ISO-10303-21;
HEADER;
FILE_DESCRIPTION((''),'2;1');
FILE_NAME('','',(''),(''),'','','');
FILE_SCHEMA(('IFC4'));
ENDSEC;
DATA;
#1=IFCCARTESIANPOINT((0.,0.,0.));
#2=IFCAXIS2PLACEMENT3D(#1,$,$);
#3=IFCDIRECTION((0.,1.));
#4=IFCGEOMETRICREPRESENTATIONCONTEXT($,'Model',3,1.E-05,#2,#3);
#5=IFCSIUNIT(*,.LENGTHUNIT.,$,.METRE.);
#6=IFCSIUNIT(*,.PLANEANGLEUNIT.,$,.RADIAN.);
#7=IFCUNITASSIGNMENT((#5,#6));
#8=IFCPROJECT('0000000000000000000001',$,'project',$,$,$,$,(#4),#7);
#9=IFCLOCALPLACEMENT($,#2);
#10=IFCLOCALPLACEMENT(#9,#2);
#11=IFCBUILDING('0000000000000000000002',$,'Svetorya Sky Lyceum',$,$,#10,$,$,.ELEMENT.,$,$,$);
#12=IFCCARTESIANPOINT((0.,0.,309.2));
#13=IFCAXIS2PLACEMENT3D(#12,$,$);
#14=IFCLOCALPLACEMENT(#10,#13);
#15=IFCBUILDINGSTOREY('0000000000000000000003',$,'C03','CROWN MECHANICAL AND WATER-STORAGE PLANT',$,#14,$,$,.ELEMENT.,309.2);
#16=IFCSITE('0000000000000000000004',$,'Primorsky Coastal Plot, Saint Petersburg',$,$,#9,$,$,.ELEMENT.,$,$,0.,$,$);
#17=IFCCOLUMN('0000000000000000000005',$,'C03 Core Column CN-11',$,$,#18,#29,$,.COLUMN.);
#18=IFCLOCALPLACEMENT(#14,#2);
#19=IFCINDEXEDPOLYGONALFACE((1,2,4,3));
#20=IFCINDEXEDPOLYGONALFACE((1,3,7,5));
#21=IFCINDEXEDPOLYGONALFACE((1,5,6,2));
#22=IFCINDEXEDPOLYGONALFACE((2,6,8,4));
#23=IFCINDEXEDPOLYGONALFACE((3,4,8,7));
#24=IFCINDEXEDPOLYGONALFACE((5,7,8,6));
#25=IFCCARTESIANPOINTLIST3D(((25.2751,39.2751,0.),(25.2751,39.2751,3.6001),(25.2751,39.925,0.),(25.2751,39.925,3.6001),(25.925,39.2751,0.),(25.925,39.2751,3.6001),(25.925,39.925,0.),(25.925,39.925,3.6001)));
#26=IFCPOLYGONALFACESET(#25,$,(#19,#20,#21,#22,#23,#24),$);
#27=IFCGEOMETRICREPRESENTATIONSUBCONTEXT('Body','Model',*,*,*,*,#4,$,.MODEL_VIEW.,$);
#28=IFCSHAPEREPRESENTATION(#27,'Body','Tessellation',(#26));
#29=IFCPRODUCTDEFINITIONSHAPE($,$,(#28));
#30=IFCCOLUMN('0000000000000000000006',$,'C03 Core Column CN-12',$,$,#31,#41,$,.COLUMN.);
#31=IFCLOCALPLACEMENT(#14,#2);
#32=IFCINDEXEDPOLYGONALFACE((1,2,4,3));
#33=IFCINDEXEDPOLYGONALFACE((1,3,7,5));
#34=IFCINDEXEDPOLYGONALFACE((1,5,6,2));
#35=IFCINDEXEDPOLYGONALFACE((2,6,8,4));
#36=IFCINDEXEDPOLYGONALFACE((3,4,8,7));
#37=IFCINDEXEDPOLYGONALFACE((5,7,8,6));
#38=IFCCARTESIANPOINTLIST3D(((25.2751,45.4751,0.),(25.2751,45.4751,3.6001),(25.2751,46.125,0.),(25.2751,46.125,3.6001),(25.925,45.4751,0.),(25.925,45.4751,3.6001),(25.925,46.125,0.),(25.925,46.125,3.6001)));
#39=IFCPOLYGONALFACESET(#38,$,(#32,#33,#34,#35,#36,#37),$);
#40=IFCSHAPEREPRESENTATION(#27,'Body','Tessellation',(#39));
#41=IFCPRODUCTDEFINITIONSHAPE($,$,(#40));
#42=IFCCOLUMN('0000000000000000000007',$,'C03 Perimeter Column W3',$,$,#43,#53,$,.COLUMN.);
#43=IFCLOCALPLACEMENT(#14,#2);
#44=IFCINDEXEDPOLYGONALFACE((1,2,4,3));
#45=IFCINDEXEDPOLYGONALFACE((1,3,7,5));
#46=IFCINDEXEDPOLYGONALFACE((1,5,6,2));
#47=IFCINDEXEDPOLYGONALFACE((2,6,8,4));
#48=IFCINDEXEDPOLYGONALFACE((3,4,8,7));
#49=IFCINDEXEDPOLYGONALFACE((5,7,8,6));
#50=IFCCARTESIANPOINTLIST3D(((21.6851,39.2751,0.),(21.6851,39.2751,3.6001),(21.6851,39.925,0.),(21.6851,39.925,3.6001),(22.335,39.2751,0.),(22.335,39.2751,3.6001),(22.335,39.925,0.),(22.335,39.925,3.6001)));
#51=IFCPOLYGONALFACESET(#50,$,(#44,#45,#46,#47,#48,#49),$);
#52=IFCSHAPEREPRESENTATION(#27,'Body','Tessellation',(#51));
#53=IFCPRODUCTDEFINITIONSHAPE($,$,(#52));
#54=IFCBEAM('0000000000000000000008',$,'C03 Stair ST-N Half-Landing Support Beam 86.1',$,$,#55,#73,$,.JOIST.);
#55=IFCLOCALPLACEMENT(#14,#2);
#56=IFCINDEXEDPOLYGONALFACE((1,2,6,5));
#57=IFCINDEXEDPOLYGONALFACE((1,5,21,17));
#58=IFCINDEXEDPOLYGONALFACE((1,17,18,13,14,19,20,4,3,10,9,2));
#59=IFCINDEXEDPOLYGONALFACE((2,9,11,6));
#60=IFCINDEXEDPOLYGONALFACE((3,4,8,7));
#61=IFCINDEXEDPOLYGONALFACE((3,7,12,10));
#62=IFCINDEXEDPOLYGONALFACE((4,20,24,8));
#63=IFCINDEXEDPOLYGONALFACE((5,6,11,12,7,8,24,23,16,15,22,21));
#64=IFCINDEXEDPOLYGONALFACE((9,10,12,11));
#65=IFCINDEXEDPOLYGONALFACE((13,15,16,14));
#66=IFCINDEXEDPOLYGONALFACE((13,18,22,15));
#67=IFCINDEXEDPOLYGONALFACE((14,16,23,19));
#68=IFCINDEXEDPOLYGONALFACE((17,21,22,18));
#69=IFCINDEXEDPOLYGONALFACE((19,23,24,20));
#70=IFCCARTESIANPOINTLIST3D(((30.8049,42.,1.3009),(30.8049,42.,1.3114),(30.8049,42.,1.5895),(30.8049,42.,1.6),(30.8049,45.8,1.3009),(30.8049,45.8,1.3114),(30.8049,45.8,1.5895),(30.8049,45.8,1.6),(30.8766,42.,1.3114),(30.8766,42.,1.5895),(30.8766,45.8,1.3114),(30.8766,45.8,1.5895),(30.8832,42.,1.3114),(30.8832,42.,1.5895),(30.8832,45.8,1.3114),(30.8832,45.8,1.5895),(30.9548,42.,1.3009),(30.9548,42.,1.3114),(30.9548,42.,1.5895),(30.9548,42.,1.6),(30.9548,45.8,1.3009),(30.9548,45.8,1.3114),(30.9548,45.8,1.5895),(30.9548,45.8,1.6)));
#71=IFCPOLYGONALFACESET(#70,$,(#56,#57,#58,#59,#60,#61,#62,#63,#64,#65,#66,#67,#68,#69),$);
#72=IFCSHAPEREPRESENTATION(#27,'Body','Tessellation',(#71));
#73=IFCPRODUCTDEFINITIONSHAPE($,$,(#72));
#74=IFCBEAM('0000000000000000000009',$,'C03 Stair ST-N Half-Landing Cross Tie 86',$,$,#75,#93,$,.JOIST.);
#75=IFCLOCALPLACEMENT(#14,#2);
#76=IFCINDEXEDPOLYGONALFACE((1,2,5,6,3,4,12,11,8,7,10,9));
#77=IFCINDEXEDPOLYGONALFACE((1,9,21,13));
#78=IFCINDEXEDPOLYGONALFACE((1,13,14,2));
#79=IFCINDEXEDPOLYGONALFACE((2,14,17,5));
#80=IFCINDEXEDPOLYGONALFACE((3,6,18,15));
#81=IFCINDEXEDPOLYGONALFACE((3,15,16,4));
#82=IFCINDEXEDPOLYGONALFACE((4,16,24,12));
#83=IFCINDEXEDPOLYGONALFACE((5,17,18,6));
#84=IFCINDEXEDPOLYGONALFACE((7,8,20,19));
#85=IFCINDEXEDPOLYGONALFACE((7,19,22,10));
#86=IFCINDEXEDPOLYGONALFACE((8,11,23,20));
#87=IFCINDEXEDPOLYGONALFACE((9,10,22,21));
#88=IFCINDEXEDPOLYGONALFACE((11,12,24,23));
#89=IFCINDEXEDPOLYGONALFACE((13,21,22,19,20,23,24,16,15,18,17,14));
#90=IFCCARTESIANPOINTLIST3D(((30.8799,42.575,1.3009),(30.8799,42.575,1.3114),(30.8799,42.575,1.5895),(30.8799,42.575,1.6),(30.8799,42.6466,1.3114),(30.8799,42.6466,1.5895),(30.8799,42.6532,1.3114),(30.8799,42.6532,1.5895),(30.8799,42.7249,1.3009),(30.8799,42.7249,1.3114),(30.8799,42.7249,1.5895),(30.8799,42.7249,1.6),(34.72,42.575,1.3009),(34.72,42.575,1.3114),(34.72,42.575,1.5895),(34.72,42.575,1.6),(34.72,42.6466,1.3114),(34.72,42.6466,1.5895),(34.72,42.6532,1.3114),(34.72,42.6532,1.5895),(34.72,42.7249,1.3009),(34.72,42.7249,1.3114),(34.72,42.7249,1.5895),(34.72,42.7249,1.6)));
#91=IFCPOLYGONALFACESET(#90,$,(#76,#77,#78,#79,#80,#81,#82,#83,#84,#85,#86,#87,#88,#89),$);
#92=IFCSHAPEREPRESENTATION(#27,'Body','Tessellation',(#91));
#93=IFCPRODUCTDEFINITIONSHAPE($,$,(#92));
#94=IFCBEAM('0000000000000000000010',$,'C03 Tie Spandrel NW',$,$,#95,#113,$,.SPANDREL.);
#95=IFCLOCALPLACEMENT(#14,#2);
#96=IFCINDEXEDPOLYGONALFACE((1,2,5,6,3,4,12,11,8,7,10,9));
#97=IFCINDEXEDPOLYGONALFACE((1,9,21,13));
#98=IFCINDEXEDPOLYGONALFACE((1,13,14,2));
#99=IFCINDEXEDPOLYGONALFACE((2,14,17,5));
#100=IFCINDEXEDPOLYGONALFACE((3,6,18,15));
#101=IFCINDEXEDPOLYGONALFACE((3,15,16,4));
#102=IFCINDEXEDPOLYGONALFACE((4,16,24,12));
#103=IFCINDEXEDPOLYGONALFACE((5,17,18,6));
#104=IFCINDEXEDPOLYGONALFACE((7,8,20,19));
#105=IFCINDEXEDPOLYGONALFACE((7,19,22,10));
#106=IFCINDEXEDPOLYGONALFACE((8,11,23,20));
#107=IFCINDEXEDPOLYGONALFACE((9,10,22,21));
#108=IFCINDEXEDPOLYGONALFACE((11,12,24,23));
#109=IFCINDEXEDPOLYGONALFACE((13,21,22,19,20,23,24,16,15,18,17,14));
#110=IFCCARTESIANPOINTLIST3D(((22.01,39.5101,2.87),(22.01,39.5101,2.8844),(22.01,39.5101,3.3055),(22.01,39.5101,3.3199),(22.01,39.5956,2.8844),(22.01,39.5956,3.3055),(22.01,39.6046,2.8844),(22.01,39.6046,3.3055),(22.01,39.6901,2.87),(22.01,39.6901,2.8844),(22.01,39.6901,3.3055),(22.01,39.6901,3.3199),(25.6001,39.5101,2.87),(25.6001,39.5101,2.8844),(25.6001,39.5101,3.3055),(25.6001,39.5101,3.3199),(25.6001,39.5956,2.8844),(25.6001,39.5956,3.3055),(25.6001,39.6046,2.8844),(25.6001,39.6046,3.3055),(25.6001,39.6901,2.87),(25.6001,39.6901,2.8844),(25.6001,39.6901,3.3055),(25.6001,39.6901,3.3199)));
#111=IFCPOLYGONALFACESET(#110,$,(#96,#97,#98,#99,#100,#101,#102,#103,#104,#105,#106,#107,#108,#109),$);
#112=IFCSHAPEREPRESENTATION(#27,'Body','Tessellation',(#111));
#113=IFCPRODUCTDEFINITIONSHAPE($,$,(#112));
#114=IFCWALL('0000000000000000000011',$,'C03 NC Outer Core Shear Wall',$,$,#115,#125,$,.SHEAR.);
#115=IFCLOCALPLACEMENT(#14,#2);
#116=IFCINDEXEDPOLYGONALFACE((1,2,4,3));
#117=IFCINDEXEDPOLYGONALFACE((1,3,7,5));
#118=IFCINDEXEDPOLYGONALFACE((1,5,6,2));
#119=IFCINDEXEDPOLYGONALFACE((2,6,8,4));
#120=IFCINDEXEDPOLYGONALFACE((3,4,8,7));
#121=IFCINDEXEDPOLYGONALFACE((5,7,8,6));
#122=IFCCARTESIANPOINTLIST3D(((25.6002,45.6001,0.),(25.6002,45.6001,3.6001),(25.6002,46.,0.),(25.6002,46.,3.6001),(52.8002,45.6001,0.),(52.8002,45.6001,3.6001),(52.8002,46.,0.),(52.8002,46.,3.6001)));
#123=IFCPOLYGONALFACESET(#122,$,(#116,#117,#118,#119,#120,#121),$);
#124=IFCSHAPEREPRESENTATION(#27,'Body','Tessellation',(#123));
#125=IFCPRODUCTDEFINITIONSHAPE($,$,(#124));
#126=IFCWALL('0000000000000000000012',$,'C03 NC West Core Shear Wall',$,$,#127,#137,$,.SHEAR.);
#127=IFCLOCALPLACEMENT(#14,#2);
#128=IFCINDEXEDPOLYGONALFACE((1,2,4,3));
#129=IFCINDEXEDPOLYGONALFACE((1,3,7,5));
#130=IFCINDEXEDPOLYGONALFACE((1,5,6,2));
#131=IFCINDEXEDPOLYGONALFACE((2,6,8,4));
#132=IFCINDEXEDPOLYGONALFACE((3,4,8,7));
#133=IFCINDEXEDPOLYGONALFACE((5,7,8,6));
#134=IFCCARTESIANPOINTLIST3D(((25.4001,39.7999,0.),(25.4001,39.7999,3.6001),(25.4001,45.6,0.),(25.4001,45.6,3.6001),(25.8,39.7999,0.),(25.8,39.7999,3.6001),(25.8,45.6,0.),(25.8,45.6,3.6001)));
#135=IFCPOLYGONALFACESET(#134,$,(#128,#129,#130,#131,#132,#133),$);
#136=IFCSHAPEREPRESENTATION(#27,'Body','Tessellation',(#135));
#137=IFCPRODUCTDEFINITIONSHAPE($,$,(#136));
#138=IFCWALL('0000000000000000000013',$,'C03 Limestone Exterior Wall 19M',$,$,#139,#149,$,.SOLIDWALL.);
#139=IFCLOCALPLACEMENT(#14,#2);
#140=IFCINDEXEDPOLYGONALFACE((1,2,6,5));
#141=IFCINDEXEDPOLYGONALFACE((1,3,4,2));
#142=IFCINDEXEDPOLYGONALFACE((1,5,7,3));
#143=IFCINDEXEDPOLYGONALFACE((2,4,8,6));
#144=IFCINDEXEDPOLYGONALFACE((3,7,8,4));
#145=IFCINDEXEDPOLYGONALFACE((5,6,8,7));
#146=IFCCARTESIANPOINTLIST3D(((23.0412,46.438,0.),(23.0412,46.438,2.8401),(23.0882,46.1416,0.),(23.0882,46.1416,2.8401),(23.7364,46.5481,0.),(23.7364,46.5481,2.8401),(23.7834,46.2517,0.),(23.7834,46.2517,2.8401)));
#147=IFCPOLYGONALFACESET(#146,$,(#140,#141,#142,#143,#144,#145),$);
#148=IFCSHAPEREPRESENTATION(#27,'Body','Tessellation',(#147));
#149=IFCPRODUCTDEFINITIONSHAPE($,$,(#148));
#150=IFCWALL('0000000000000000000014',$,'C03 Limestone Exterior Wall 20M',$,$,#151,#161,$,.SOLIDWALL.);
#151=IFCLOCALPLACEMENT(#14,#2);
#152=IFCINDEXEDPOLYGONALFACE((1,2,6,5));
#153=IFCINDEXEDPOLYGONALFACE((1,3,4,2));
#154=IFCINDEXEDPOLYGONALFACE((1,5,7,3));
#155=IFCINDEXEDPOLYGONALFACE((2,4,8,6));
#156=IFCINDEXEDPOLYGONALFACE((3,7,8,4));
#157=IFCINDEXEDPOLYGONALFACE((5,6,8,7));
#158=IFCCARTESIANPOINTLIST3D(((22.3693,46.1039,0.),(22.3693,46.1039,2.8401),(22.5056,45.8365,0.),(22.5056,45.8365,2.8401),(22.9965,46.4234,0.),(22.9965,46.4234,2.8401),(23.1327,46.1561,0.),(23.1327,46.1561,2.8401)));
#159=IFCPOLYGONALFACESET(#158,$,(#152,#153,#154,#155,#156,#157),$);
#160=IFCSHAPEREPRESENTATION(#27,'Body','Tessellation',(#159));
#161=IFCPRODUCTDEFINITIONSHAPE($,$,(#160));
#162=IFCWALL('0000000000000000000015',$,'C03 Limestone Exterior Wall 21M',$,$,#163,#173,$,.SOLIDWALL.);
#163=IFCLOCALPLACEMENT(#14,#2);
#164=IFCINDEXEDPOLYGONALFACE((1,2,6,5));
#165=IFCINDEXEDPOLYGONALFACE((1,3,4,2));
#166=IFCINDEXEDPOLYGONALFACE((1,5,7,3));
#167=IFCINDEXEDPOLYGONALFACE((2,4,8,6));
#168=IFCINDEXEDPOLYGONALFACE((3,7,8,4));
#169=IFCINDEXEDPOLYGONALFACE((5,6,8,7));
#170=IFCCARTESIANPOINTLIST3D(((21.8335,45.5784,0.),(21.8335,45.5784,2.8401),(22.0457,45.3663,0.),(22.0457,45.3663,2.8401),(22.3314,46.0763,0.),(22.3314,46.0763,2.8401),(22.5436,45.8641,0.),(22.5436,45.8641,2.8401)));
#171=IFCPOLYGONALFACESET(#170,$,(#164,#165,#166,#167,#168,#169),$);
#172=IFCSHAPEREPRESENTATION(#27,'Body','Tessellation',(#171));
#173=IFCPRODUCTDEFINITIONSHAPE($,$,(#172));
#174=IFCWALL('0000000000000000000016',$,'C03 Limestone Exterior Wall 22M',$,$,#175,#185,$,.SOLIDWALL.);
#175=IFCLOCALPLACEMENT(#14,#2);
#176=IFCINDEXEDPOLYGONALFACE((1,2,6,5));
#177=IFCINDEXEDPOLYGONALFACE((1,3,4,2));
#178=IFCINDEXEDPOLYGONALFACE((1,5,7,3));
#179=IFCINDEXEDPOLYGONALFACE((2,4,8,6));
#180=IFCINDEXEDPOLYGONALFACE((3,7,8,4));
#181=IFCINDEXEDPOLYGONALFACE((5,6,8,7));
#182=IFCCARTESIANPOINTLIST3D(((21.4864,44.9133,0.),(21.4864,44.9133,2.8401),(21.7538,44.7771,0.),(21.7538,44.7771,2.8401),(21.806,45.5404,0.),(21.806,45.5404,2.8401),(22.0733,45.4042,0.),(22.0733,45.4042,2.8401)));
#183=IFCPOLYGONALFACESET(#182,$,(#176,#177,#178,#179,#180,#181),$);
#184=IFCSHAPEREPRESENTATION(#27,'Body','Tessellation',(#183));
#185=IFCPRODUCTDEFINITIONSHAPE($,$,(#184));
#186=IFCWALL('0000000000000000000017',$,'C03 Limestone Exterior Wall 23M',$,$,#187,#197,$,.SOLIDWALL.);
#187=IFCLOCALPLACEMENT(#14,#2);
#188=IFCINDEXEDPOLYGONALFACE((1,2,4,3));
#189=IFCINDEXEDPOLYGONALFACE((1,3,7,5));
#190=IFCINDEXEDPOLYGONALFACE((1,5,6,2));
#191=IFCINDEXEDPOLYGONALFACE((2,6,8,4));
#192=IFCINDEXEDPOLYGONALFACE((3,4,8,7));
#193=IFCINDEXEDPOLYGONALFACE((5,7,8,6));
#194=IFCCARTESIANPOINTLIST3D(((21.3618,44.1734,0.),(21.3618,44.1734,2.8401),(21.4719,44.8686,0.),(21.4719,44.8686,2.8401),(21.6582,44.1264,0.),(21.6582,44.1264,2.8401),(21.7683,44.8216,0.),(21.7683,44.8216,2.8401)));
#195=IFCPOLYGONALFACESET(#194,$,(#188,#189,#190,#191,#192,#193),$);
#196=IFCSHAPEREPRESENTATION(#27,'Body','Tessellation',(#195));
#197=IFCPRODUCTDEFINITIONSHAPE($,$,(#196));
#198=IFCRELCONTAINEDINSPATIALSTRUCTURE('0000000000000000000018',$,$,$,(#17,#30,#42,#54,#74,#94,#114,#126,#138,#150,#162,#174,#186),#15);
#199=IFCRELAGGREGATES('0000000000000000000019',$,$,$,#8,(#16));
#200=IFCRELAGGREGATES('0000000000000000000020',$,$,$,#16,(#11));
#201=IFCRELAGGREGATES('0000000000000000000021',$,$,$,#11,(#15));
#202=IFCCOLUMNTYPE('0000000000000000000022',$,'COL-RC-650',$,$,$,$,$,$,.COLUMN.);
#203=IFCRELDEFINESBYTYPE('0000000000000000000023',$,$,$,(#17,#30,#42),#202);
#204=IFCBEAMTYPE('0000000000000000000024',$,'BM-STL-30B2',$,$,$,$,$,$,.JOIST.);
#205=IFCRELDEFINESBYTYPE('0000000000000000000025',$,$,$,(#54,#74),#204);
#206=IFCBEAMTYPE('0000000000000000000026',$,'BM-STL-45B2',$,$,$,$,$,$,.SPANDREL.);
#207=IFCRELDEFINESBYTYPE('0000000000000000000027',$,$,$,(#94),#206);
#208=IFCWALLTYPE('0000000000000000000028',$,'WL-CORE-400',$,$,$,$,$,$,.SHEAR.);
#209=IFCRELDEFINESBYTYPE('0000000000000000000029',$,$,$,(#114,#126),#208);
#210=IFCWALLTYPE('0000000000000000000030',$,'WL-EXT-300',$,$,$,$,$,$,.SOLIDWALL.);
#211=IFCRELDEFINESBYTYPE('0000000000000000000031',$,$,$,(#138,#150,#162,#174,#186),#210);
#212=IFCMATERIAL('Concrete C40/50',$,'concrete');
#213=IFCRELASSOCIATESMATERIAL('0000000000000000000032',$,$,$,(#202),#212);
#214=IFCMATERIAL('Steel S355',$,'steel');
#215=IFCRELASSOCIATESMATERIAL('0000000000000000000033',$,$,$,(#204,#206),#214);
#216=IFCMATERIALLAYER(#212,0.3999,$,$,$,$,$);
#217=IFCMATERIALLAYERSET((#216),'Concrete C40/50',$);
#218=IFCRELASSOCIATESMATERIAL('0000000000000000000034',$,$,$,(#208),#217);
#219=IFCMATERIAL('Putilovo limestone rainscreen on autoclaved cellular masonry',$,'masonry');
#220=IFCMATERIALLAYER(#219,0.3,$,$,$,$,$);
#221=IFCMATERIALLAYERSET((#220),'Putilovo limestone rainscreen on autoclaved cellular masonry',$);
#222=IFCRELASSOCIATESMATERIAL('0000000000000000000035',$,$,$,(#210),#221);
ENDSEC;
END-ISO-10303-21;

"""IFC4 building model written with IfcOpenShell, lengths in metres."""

from ifc_helpers import new_model, si_unit, direction, frame, frame_2d, origin, origin_2d, place, context, subcontext, project, spatial, rectangle, i_section, extrude, material, layer, layer_set, material_profile, profile_set, type_object, element, save


model = new_model("IFC4")

# Units and contexts
model_context = context("Model", 3, precision=1e-05, world=origin(), true_north=direction((0.0, 1.0)))
body_context = subcontext(model_context, "Body", "Model", "MODEL_VIEW")
ifc_project = project(units=[si_unit("LENGTHUNIT", "METRE"), si_unit("PLANEANGLEUNIT", "RADIAN")], contexts=[model_context])

# Site, building, storey
site_placement = place(None, origin())
site = spatial("IfcSite", under=ifc_project, at=site_placement, Name="Primorsky Coastal Plot, Saint Petersburg", CompositionType="ELEMENT", RefElevation=0.0)
building_placement = place(site_placement, origin())
building = spatial("IfcBuilding", under=site, at=building_placement, Name="Svetorya Sky Lyceum", CompositionType="ELEMENT")
storey_placement = place(building_placement, frame((0.0, 0.0, 309.2)))
storey = spatial("IfcBuildingStorey", under=building, at=storey_placement, Name="C03", Description="CROWN MECHANICAL AND WATER-STORAGE PLANT", CompositionType="ELEMENT", Elevation=309.2)

# Columns
ifc_material_1 = material(Name="Concrete C40/50", Category="concrete")
ifc_material_profile_1 = material_profile(ifc_material_1, rectangle(XDim=0.6499, YDim=0.6499, at=origin_2d()), Name="RC COL 650x650")
ifc_profile_set_1 = profile_set([ifc_material_profile_1], Name="Concrete C40/50")
column_type = type_object("IfcColumnType", Name="COL-RC-650", PredefinedType="COLUMN", material=ifc_profile_set_1)
for number, where, z_axis, x_axis, name in (
    (1, (25.6001, 39.6001, 0.0), (0.0, 0.0, 1.0), (1.0, 0.0, 0.0), "C03 Core Column CN-11"),
    (2, (25.6001, 45.8, 0.0), (0.0, 0.0, 1.0), (1.0, 0.0, 0.0), "C03 Core Column CN-12"),
    (3, (22.01, 39.6001, 0.0), (0.0, 0.0, 1.0), (1.0, 0.0, 0.0), "C03 Perimeter Column W3"),
):
    element("IfcColumn", number, at=place(storey_placement, frame(where, z_axis=z_axis, x_axis=x_axis)), inside=storey, type_object=column_type, Name=name, PredefinedType="COLUMN", context=body_context, shape_type="SweptSolid", body=[
        extrude(rectangle(XDim=0.6499, YDim=0.6499, at=origin_2d()), origin(), (0.0, 0.0, 1.0), 3.6001),
    ])

# Beams
ifc_material_2 = material(Name="Steel S355", Category="steel")
ifc_material_profile_2 = material_profile(ifc_material_2, i_section(OverallWidth=0.1499, OverallDepth=0.2991, WebThickness=0.0066, FlangeThickness=0.0105, at=origin_2d()), Name="GOST 30B2")
ifc_profile_set_2 = profile_set([ifc_material_profile_2], Name="Steel S355")
beam_type_1 = type_object("IfcBeamType", Name="BM-STL-30B2", PredefinedType="JOIST", material=ifc_profile_set_2)
beam_1_placement = place(storey_placement, frame((30.8799, 42.0, 1.4504), z_axis=(0.0, 1.0, 0.0), x_axis=(-1.0, 0.0, 0.0)))
element("IfcBeam", 4, at=beam_1_placement, inside=storey, type_object=beam_type_1, Name="C03 Stair ST-N Half-Landing Support Beam 86.1", PredefinedType="JOIST", context=body_context, shape_type="SweptSolid", body=[
    extrude(i_section(OverallWidth=0.1499, OverallDepth=0.2991, WebThickness=0.0066, FlangeThickness=0.0105, at=origin_2d()), origin(), (0.0, 0.0, 1.0), 3.8),
])
beam_2_placement = place(storey_placement, frame((30.8799, 42.6499, 1.4504), z_axis=(1.0, 0.0, 0.0), x_axis=(0.0, 1.0, 0.0)))
element("IfcBeam", 5, at=beam_2_placement, inside=storey, type_object=beam_type_1, Name="C03 Stair ST-N Half-Landing Cross Tie 86", PredefinedType="JOIST", context=body_context, shape_type="SweptSolid", body=[
    extrude(i_section(OverallWidth=0.1499, OverallDepth=0.2991, WebThickness=0.0066, FlangeThickness=0.0105, at=origin_2d()), origin(), (0.0, 0.0, 1.0), 3.8401),
])
ifc_material_profile_3 = material_profile(ifc_material_2, i_section(OverallWidth=0.1799, OverallDepth=0.45, WebThickness=0.009, FlangeThickness=0.0144, at=origin_2d()), Name="GOST 45B2")
ifc_profile_set_3 = profile_set([ifc_material_profile_3], Name="Steel S355")
beam_type_2 = type_object("IfcBeamType", Name="BM-STL-45B2", PredefinedType="SPANDREL", material=ifc_profile_set_3)
beam_3_placement = place(storey_placement, frame((22.01, 39.6001, 3.095), z_axis=(1.0, 0.0, 0.0), x_axis=(0.0, 1.0, 0.0)))
element("IfcBeam", 6, at=beam_3_placement, inside=storey, type_object=beam_type_2, Name="C03 Tie Spandrel NW", PredefinedType="SPANDREL", context=body_context, shape_type="SweptSolid", body=[
    extrude(i_section(OverallWidth=0.1799, OverallDepth=0.45, WebThickness=0.009, FlangeThickness=0.0144, at=origin_2d()), origin(), (0.0, 0.0, 1.0), 3.5901),
])

# Walls
ifc_layer_1 = layer(ifc_material_1, 0.3999)
ifc_layer_set_1 = layer_set([ifc_layer_1], Name="Concrete C40/50")
wall_type_1 = type_object("IfcWallType", Name="WL-CORE-400", PredefinedType="SHEAR", material=ifc_layer_set_1)
wall_1_placement = place(storey_placement, frame((25.6001, 45.8, 0.0), z_axis=(0.0, 0.0, 1.0), x_axis=(1.0, 0.0, 0.0)))
element("IfcWall", 7, at=wall_1_placement, inside=storey, type_object=wall_type_1, Name="C03 NC Outer Core Shear Wall", PredefinedType="SHEAR", context=body_context, shape_type="SweptSolid", body=[
    extrude(rectangle(XDim=27.2, YDim=0.3999, at=frame_2d((13.6001, 0.0))), origin(), (0.0, 0.0, 1.0), 3.6001),
])
wall_2_placement = place(storey_placement, frame((25.6001, 39.8, 0.0), z_axis=(0.0, 0.0, 1.0), x_axis=(0.0, 1.0, 0.0)))
element("IfcWall", 8, at=wall_2_placement, inside=storey, type_object=wall_type_1, Name="C03 NC West Core Shear Wall", PredefinedType="SHEAR", context=body_context, shape_type="SweptSolid", body=[
    extrude(rectangle(XDim=5.8, YDim=0.3999, at=frame_2d((2.8999, 0.0))), origin(), (0.0, 0.0, 1.0), 3.6001),
])
ifc_material_3 = material(Name="Putilovo limestone rainscreen on autoclaved cellular masonry", Category="masonry")
ifc_layer_2 = layer(ifc_material_3, 0.3)
ifc_layer_set_2 = layer_set([ifc_layer_2], Name="Putilovo limestone rainscreen on autoclaved cellular masonry")
wall_type_2 = type_object("IfcWallType", Name="WL-EXT-300", PredefinedType="SOLIDWALL", material=ifc_layer_set_2)
for number, where, z_axis, x_axis, name in (
    (9, (23.76, 46.3999, 0.0), (0.0, 0.0, 1.0), (-0.987693, -0.156408, 0.0), "C03 Limestone Exterior Wall 19M"),
    (10, (23.0647, 46.2898, 0.0), (0.0, 0.0, 1.0), (-0.891002, -0.453999, 0.0), "C03 Limestone Exterior Wall 20M"),
):
    element("IfcWall", number, at=place(storey_placement, frame(where, z_axis=z_axis, x_axis=x_axis)), inside=storey, type_object=wall_type_2, Name=name, PredefinedType="SOLIDWALL", context=body_context, shape_type="SweptSolid", body=[
        extrude(rectangle(XDim=0.7039, YDim=0.3, at=frame_2d((0.3521, 0.0))), origin(), (0.0, 0.0, 1.0), 2.8401),
    ])
wall_3_placement = place(storey_placement, frame((22.4375, 45.9702, 0.0), z_axis=(0.0, 0.0, 1.0), x_axis=(-0.707107, -0.707107, 0.0)))
element("IfcWall", 11, at=wall_3_placement, inside=storey, type_object=wall_type_2, Name="C03 Limestone Exterior Wall 21M", PredefinedType="SOLIDWALL", context=body_context, shape_type="SweptSolid", body=[
    extrude(rectangle(XDim=0.7041, YDim=0.3, at=frame_2d((0.3521, 0.0))), origin(), (0.0, 0.0, 1.0), 2.8401),
])
for number, where, z_axis, x_axis, name in (
    (12, (21.9397, 45.4724, 0.0), (0.0, 0.0, 1.0), (-0.453999, -0.891002, 0.0), "C03 Limestone Exterior Wall 22M"),
    (13, (21.6201, 44.8452, 0.0), (0.0, 0.0, 1.0), (-0.156408, -0.987693, 0.0), "C03 Limestone Exterior Wall 23M"),
):
    element("IfcWall", number, at=place(storey_placement, frame(where, z_axis=z_axis, x_axis=x_axis)), inside=storey, type_object=wall_type_2, Name=name, PredefinedType="SOLIDWALL", context=body_context, shape_type="SweptSolid", body=[
        extrude(rectangle(XDim=0.7039, YDim=0.3, at=frame_2d((0.3521, 0.0))), origin(), (0.0, 0.0, 1.0), 2.8401),
    ])

save(model, "model.ifc")
